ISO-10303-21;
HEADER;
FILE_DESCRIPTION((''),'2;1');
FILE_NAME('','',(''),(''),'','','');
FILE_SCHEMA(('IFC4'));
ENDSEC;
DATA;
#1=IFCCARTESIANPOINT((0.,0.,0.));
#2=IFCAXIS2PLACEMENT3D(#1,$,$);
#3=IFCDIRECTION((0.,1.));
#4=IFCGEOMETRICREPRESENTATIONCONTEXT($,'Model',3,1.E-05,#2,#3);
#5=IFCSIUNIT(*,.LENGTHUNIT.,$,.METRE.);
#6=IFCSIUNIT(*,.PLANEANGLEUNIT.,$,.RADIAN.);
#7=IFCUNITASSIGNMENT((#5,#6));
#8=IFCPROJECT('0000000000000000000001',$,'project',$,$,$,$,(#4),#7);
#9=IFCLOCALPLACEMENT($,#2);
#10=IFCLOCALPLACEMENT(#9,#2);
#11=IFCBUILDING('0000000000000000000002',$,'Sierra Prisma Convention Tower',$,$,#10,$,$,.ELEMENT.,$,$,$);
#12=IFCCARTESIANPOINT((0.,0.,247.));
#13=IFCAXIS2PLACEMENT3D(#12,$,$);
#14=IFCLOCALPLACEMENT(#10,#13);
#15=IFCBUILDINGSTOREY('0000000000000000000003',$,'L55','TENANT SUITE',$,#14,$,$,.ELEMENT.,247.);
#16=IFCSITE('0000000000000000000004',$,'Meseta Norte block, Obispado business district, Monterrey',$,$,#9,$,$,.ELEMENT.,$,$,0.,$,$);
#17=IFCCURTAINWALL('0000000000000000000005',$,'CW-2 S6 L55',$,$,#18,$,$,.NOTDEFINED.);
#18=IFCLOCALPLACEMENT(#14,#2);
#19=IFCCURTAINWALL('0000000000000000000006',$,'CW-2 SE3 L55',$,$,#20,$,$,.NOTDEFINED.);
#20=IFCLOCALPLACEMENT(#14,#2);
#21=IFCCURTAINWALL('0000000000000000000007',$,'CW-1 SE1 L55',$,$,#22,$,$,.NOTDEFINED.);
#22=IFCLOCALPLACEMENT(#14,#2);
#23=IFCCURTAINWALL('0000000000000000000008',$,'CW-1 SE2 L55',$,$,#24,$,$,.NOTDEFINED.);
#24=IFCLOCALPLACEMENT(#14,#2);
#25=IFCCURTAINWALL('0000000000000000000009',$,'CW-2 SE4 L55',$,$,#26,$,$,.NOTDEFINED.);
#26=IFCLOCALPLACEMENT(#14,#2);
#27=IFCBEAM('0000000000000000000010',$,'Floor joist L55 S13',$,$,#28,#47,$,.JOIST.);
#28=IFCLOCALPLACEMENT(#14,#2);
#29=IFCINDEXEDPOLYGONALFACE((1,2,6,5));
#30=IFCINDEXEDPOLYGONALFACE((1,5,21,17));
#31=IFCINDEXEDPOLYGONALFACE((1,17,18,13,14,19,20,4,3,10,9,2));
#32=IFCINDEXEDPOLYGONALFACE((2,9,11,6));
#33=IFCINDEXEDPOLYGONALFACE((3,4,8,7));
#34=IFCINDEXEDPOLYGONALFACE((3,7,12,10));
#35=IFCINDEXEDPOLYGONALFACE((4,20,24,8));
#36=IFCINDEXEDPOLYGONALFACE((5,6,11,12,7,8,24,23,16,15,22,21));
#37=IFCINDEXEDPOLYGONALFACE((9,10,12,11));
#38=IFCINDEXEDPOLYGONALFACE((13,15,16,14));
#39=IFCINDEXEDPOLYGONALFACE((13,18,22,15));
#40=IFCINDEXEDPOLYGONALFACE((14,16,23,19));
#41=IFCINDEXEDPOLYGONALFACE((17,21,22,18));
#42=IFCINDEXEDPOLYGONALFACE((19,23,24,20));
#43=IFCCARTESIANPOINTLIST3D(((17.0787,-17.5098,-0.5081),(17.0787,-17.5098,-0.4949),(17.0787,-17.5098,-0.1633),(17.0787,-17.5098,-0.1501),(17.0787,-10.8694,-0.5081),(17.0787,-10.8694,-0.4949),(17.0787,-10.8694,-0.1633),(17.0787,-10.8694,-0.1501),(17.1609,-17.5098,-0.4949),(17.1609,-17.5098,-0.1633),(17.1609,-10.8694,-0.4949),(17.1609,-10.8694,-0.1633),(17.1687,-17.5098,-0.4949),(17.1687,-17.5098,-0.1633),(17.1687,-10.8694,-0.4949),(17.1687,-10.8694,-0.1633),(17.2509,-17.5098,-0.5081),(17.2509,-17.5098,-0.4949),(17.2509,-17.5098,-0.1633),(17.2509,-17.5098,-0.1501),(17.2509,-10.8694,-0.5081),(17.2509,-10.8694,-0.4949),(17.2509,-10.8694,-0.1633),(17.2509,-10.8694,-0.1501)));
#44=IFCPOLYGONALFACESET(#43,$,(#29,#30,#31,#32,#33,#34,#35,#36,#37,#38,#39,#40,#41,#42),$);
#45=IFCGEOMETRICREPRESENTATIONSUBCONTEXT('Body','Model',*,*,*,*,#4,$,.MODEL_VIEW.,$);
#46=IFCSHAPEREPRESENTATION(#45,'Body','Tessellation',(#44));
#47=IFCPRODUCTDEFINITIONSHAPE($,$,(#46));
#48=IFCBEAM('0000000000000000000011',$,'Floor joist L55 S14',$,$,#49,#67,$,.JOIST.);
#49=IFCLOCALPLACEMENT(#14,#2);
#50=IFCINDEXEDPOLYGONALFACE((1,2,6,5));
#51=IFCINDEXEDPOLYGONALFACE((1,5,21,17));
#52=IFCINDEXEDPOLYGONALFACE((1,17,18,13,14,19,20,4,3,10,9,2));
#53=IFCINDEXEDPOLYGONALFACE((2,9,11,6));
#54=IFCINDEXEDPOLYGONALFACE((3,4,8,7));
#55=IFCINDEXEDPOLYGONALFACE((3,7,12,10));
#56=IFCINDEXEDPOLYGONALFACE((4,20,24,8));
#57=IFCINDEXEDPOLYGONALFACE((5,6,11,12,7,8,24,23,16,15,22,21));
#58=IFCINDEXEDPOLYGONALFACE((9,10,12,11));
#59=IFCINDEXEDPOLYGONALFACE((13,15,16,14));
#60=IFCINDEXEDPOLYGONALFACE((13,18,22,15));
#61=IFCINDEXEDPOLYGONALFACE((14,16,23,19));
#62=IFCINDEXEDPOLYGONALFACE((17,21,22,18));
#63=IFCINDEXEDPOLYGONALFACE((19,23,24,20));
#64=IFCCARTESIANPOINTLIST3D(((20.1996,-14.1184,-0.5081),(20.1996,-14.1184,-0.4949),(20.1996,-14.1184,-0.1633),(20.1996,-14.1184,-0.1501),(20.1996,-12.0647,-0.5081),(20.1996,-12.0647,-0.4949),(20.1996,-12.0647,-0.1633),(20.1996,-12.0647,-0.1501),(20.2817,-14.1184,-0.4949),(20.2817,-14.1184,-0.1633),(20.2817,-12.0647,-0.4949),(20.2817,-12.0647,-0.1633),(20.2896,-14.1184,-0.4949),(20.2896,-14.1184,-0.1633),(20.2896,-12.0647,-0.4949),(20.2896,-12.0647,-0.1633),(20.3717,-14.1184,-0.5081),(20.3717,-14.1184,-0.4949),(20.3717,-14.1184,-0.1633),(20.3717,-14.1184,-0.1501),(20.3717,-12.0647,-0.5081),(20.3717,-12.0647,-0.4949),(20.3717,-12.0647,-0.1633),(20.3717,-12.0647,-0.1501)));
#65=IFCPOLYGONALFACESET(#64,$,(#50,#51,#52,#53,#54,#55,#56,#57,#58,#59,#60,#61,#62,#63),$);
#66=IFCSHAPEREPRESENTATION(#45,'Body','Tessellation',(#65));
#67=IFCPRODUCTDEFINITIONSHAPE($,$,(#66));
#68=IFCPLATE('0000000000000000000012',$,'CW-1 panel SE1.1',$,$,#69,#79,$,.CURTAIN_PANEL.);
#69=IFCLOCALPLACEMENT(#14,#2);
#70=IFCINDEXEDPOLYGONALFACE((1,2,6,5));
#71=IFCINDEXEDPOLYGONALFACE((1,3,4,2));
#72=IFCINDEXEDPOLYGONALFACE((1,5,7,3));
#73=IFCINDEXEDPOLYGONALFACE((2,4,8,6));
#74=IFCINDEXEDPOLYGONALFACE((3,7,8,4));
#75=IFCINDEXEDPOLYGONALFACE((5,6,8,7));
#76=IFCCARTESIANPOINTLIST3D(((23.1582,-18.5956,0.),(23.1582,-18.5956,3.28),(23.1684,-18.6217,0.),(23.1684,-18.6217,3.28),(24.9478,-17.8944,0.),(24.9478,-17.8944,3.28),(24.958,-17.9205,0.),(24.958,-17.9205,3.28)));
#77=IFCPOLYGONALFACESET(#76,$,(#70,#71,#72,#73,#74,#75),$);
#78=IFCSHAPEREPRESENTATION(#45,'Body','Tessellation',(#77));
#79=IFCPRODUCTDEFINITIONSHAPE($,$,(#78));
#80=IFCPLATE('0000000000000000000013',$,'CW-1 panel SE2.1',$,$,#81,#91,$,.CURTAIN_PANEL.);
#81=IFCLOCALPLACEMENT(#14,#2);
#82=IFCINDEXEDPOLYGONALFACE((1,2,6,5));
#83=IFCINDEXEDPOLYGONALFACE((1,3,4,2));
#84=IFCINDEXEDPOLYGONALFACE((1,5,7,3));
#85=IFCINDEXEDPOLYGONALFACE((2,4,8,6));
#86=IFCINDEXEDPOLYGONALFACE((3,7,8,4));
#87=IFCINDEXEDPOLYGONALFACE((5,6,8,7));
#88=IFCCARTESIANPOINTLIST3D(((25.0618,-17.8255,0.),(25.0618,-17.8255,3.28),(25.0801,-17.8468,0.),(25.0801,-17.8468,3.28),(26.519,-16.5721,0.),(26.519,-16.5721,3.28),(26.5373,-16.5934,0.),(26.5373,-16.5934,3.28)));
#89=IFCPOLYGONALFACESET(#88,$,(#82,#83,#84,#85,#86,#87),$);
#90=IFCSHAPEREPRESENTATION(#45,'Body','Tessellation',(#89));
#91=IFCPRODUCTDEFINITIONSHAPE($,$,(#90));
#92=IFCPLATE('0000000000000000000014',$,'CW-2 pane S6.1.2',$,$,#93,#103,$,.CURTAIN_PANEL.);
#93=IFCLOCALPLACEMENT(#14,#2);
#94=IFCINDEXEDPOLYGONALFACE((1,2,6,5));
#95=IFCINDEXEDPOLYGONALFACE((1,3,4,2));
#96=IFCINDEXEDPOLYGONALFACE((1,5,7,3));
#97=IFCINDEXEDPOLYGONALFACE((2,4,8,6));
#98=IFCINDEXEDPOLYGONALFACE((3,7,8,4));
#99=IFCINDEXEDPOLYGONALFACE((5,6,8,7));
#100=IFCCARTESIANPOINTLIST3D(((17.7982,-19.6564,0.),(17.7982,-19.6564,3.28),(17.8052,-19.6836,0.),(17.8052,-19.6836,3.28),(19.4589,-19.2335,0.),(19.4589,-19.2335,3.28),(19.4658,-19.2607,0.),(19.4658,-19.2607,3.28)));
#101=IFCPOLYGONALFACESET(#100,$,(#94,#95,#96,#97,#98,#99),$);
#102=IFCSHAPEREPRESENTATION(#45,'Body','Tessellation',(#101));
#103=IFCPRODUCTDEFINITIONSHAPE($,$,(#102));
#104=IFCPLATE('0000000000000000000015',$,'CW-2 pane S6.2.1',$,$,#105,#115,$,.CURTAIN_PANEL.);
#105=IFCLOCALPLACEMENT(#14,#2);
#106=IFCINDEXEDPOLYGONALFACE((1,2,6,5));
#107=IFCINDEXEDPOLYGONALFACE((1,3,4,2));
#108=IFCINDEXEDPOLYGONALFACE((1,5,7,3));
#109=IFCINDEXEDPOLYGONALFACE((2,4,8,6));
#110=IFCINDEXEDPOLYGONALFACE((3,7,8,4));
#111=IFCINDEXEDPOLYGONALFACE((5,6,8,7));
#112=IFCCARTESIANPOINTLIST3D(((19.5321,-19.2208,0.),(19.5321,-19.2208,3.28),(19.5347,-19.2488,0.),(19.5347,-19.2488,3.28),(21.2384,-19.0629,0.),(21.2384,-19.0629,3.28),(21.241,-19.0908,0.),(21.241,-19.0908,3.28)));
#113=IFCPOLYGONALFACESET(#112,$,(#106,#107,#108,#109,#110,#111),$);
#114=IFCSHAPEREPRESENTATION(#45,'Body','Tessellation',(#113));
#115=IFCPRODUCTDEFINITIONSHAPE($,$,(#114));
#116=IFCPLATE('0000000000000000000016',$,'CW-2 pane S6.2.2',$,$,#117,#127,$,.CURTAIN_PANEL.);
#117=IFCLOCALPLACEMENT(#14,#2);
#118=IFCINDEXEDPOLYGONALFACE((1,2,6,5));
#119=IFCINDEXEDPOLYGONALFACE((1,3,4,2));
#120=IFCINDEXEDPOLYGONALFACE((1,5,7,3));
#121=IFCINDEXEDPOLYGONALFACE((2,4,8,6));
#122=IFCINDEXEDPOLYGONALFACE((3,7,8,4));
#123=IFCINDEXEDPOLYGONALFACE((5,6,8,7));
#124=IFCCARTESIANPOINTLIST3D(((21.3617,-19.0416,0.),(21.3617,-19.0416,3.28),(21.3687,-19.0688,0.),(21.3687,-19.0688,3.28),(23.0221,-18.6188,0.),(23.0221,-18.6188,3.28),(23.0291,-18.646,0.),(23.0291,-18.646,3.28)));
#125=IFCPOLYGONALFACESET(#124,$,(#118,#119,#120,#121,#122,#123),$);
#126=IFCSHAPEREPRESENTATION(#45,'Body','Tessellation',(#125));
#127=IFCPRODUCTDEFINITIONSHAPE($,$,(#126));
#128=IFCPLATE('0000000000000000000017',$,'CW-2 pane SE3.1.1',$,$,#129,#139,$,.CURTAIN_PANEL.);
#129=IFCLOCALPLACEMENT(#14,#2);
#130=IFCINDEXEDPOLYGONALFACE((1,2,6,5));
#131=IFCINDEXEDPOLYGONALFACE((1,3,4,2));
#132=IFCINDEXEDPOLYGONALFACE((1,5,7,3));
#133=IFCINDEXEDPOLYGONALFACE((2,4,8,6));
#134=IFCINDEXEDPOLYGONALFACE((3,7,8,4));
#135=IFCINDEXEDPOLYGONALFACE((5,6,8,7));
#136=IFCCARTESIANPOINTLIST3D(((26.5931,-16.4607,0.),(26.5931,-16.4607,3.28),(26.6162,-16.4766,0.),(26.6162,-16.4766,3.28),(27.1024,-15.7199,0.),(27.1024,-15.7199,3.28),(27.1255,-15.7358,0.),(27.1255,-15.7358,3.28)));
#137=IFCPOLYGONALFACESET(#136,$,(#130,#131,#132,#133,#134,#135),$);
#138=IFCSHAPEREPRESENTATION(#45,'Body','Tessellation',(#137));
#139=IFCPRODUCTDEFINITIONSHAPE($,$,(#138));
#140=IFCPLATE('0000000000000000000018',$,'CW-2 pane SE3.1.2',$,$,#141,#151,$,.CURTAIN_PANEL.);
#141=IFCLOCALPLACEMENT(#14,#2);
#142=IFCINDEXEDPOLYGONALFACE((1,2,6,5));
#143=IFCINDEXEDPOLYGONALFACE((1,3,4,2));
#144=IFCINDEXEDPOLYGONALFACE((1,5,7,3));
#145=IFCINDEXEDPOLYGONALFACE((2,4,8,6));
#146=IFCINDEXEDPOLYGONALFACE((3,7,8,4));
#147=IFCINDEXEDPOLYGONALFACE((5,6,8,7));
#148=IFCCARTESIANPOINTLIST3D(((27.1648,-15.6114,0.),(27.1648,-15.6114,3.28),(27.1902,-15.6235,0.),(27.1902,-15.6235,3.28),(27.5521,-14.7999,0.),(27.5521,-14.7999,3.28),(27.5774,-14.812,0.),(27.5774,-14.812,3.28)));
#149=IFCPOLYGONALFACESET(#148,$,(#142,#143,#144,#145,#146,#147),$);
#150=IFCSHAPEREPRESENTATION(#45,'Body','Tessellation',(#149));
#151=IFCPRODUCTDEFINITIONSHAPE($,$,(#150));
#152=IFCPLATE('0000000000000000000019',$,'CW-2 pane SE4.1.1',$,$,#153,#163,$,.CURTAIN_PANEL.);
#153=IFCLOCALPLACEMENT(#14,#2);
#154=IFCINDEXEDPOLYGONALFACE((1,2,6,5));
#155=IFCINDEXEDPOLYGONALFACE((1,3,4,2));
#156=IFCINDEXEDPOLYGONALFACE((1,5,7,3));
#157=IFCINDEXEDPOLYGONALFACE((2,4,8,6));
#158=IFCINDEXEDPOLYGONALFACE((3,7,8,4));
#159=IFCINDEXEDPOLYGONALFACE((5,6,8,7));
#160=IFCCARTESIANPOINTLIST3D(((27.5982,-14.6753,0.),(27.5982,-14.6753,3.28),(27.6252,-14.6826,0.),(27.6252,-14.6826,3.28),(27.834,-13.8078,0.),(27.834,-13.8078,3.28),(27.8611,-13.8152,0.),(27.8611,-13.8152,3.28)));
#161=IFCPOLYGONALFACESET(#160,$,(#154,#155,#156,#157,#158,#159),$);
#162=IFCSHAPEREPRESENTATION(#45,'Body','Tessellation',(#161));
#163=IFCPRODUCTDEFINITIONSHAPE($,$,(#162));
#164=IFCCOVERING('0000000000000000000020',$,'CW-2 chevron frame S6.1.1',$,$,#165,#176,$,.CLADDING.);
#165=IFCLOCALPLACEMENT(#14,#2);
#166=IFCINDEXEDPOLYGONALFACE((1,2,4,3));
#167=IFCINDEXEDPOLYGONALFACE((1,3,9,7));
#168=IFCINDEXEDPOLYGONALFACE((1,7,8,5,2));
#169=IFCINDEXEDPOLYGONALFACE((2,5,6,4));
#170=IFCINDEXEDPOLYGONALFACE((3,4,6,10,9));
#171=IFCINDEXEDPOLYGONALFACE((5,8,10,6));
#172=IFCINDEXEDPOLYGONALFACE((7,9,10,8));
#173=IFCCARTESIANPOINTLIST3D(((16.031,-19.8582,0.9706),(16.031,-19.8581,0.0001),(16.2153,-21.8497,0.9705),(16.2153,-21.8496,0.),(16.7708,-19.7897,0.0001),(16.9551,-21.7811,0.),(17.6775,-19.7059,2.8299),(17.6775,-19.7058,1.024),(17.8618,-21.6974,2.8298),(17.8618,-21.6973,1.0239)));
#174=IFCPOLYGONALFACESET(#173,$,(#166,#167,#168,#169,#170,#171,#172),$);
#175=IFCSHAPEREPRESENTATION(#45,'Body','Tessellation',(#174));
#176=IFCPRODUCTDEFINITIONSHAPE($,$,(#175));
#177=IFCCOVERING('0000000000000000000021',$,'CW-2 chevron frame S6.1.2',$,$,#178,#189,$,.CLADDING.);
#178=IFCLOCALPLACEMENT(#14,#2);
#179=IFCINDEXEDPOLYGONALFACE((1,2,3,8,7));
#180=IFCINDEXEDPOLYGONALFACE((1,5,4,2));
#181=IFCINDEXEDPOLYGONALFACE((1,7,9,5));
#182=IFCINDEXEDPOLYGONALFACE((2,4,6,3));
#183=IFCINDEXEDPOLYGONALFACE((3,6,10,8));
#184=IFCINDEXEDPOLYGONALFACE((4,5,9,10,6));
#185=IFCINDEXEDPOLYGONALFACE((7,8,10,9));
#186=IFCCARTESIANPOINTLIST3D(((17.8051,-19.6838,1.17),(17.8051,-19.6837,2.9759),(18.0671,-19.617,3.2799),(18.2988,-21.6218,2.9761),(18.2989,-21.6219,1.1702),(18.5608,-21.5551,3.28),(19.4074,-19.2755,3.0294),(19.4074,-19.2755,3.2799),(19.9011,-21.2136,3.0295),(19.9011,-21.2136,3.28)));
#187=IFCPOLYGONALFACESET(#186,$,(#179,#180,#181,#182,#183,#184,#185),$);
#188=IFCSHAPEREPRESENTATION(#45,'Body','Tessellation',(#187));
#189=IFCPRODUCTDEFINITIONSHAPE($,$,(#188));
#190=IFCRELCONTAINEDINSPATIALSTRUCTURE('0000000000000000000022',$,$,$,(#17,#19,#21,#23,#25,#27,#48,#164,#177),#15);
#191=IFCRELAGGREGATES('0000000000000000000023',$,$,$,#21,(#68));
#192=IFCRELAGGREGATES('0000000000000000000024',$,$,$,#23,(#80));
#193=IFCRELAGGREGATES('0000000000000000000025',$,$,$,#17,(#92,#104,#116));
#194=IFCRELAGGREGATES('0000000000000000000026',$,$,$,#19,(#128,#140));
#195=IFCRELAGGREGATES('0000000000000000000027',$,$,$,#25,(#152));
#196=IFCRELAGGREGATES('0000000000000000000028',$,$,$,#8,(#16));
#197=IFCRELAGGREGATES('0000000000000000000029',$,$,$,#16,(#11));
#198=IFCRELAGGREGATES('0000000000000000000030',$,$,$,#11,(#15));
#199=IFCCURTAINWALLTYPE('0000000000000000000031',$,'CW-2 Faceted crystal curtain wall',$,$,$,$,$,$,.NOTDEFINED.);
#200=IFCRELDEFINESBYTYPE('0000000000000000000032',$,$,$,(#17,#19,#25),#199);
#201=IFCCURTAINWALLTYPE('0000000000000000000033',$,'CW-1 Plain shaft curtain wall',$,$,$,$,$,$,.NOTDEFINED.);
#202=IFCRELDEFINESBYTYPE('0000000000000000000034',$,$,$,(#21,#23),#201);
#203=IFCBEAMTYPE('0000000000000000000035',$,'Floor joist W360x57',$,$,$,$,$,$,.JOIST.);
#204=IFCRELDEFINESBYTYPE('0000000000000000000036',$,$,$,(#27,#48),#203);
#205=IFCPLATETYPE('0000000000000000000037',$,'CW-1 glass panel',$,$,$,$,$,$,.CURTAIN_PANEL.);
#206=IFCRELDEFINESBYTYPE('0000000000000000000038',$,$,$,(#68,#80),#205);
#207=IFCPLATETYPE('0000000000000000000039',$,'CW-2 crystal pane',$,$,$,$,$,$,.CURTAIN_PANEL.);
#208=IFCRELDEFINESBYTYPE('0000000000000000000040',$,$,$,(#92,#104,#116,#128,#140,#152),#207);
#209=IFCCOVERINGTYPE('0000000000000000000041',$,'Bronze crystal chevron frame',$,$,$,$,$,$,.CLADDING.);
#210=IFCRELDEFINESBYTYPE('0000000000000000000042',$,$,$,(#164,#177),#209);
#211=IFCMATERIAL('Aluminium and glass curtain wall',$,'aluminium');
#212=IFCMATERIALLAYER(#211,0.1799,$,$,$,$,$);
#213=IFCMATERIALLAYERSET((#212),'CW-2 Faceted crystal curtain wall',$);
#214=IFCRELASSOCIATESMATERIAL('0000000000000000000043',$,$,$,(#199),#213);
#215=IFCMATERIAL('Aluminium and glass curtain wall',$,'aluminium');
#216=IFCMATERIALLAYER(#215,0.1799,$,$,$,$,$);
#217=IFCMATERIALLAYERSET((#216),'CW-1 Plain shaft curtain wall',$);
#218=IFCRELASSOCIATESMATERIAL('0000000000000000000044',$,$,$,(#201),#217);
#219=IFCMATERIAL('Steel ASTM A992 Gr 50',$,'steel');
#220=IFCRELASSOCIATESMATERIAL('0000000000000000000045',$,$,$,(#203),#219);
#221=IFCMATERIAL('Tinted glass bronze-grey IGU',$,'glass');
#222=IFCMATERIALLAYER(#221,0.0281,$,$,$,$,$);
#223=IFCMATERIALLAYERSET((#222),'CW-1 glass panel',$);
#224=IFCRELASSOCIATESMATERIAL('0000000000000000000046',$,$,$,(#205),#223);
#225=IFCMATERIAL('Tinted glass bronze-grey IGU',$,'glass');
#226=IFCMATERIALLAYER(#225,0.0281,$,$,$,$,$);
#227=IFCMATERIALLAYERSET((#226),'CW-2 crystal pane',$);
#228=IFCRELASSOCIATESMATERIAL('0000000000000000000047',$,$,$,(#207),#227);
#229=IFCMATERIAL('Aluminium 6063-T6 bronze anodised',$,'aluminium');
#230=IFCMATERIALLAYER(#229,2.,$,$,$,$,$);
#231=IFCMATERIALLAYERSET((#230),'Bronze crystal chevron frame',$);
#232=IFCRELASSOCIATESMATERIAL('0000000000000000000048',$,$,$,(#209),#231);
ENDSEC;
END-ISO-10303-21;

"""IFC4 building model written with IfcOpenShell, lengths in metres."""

from ifc_helpers import new_model, si_unit, direction, frame, origin, origin_2d, place, context, subcontext, project, spatial, polyline, rectangle, i_section, outline, extrude, material, layer, layer_set, material_profile, profile_set, type_object, element, aggregate, save


model = new_model("IFC4")

# Units and contexts
model_context = context("Model", 3, precision=1e-05, world=origin(), true_north=direction((0.0, 1.0)))
body_context = subcontext(model_context, "Body", "Model", "MODEL_VIEW")
ifc_project = project(units=[si_unit("LENGTHUNIT", "METRE"), si_unit("PLANEANGLEUNIT", "RADIAN")], contexts=[model_context])

# Site, building, storey
site_placement = place(None, origin())
site = spatial("IfcSite", under=ifc_project, at=site_placement, Name="Meseta Norte block, Obispado business district, Monterrey", CompositionType="ELEMENT", RefElevation=0.0)
building_placement = place(site_placement, origin())
building = spatial("IfcBuilding", under=site, at=building_placement, Name="Sierra Prisma Convention Tower", CompositionType="ELEMENT")
storey_placement = place(building_placement, frame((0.0, 0.0, 247.0)))
storey = spatial("IfcBuildingStorey", under=building, at=storey_placement, Name="L55", Description="TENANT SUITE", CompositionType="ELEMENT", Elevation=247.0)

# Curtain wall
ifc_material_1 = material(Name="Aluminium and glass curtain wall", Category="aluminium")
ifc_layer_1 = layer(ifc_material_1, 0.1799)
ifc_layer_set_1 = layer_set([ifc_layer_1], Name="CW-2 Faceted crystal curtain wall")
curtain_wall_type_1 = type_object("IfcCurtainWallType", Name="CW-2 Faceted crystal curtain wall", PredefinedType="NOTDEFINED", material=ifc_layer_set_1)
curtain_wall_1_placement = place(storey_placement, origin())
curtain_wall_1 = element("IfcCurtainWall", 1, at=curtain_wall_1_placement, inside=storey, type_object=curtain_wall_type_1, Name="CW-2 S6 L55", PredefinedType="NOTDEFINED")

# Curtain wall
curtain_wall_2_placement = place(storey_placement, origin())
curtain_wall_2 = element("IfcCurtainWall", 2, at=curtain_wall_2_placement, inside=storey, type_object=curtain_wall_type_1, Name="CW-2 SE3 L55", PredefinedType="NOTDEFINED")

# Curtain walls
ifc_material_2 = material(Name="Aluminium and glass curtain wall", Category="aluminium")
ifc_layer_2 = layer(ifc_material_2, 0.1799)
ifc_layer_set_2 = layer_set([ifc_layer_2], Name="CW-1 Plain shaft curtain wall")
curtain_wall_type_2 = type_object("IfcCurtainWallType", Name="CW-1 Plain shaft curtain wall", PredefinedType="NOTDEFINED", material=ifc_layer_set_2)
curtain_wall_3_placement = place(storey_placement, origin())
curtain_wall_3 = element("IfcCurtainWall", 3, at=curtain_wall_3_placement, inside=storey, type_object=curtain_wall_type_2, Name="CW-1 SE1 L55", PredefinedType="NOTDEFINED")
curtain_wall_4_placement = place(storey_placement, origin())
curtain_wall_4 = element("IfcCurtainWall", 4, at=curtain_wall_4_placement, inside=storey, type_object=curtain_wall_type_2, Name="CW-1 SE2 L55", PredefinedType="NOTDEFINED")

# Curtain wall
curtain_wall_5_placement = place(storey_placement, origin())
curtain_wall_5 = element("IfcCurtainWall", 5, at=curtain_wall_5_placement, inside=storey, type_object=curtain_wall_type_1, Name="CW-2 SE4 L55", PredefinedType="NOTDEFINED")

# Beams
ifc_material_3 = material(Name="Steel ASTM A992 Gr 50", Category="steel")
ifc_material_profile_1 = material_profile(ifc_material_3, i_section(OverallWidth=0.1721, OverallDepth=0.3579, WebThickness=0.0078, FlangeThickness=0.0132, at=origin_2d()), Name="W360x57")
ifc_profile_set_1 = profile_set([ifc_material_profile_1], Name="Steel ASTM A992 Gr 50")
beam_type = type_object("IfcBeamType", Name="Floor joist W360x57", PredefinedType="JOIST", material=ifc_profile_set_1)
beam_1_placement = place(storey_placement, frame((17.1648, -17.5098, -0.3291), z_axis=(0.0, 1.0, 0.0), x_axis=(-1.0, 0.0, 0.0)))
element("IfcBeam", 6, at=beam_1_placement, inside=storey, type_object=beam_type, Name="Floor joist L55 S13", PredefinedType="JOIST", context=body_context, shape_type="SweptSolid", body=[
    extrude(i_section(OverallWidth=0.1721, OverallDepth=0.3579, WebThickness=0.0078, FlangeThickness=0.0132, at=origin_2d()), origin(), (0.0, 0.0, 1.0), 6.6404),
])
beam_2_placement = place(storey_placement, frame((20.2856, -14.1184, -0.3291), z_axis=(0.0, 1.0, 0.0), x_axis=(-1.0, 0.0, 0.0)))
element("IfcBeam", 7, at=beam_2_placement, inside=storey, type_object=beam_type, Name="Floor joist L55 S14", PredefinedType="JOIST", context=body_context, shape_type="SweptSolid", body=[
    extrude(i_section(OverallWidth=0.1721, OverallDepth=0.3579, WebThickness=0.0078, FlangeThickness=0.0132, at=origin_2d()), origin(), (0.0, 0.0, 1.0), 2.0537),
])

# Plates
ifc_material_4 = material(Name="Tinted glass bronze-grey IGU", Category="glass")
ifc_layer_3 = layer(ifc_material_4, 0.0281)
ifc_layer_set_3 = layer_set([ifc_layer_3], Name="CW-1 glass panel")
plate_type_1 = type_object("IfcPlateType", Name="CW-1 glass panel", PredefinedType="CURTAIN_PANEL", material=ifc_layer_set_3)
plate_1_placement = place(storey_placement, frame((24.0581, -18.2581, 0.0), z_axis=(0.0, 0.0, 1.0), x_axis=(0.931077, 0.364822, 0.0)))
plate_1 = element("IfcPlate", 8, at=plate_1_placement, type_object=plate_type_1, Name="CW-1 panel SE1.1", PredefinedType="CURTAIN_PANEL", context=body_context, shape_type="SweptSolid", body=[
    extrude(rectangle(XDim=1.9221, YDim=0.0281, at=origin_2d()), origin(), (0.0, 0.0, 1.0), 3.28),
])
aggregate(curtain_wall_3, [plate_1])
plate_2_placement = place(storey_placement, frame((25.7996, -17.2095, 0.0), z_axis=(0.0, 0.0, 1.0), x_axis=(0.758154, 0.652076, 0.0)))
plate_2 = element("IfcPlate", 9, at=plate_2_placement, type_object=plate_type_1, Name="CW-1 panel SE2.1", PredefinedType="CURTAIN_PANEL", context=body_context, shape_type="SweptSolid", body=[
    extrude(rectangle(XDim=1.9221, YDim=0.0281, at=origin_2d()), origin(), (0.0, 0.0, 1.0), 3.28),
])
aggregate(curtain_wall_4, [plate_2])
ifc_material_5 = material(Name="Tinted glass bronze-grey IGU", Category="glass")
ifc_layer_4 = layer(ifc_material_5, 0.0281)
ifc_layer_set_4 = layer_set([ifc_layer_4], Name="CW-2 crystal pane")
plate_type_2 = type_object("IfcPlateType", Name="CW-2 crystal pane", PredefinedType="CURTAIN_PANEL", material=ifc_layer_set_4)
plate_3_placement = place(storey_placement, frame((19.4658, -19.2607, 0.0), z_axis=(0.246757, -0.969077, 0.0), x_axis=(-0.969077, -0.246757, 0.0)))
plate_3 = element("IfcPlate", 10, at=plate_3_placement, type_object=plate_type_2, Name="CW-2 pane S6.1.2", PredefinedType="CURTAIN_PANEL", context=body_context, shape_type="SweptSolid", body=[
    extrude(outline(polyline([(0.0, 0.0), (1.7136, 0.0), (1.7136, -3.28), (0.0, -3.28), (0.0, 0.0)])), origin(), (0.0, 0.0, -1.0), 0.0281),
])
plate_4_placement = place(storey_placement, frame((19.5347, -19.2488, 0.0), z_axis=(0.09218, -0.995742, 0.0), x_axis=(0.995742, 0.09218, 0.0)))
plate_4 = element("IfcPlate", 11, at=plate_4_placement, type_object=plate_type_2, Name="CW-2 pane S6.2.1", PredefinedType="CURTAIN_PANEL", context=body_context, shape_type="SweptSolid", body=[
    extrude(outline(polyline([(0.0, 0.0), (1.7136, 0.0), (1.7136, 3.28), (0.0, 3.28), (0.0, 0.0)])), origin(), (0.0, 0.0, -1.0), 0.0281),
])
plate_5_placement = place(storey_placement, frame((23.0291, -18.646, 0.0), z_axis=(0.246791, -0.969069, 0.0), x_axis=(-0.969069, -0.246791, 0.0)))
plate_5 = element("IfcPlate", 12, at=plate_5_placement, type_object=plate_type_2, Name="CW-2 pane S6.2.2", PredefinedType="CURTAIN_PANEL", context=body_context, shape_type="SweptSolid", body=[
    extrude(outline(polyline([(0.0, 0.0), (1.7134, 0.0), (1.7134, -3.28), (0.0, -3.28), (0.0, 0.0)])), origin(), (0.0, 0.0, -1.0), 0.0281),
])
aggregate(curtain_wall_1, [plate_3, plate_4, plate_5])
plate_6_placement = place(storey_placement, frame((26.6162, -16.4766, 0.0), z_axis=(0.824026, -0.566552, 0.0), x_axis=(0.566552, 0.824026, 0.0)))
plate_6 = element("IfcPlate", 13, at=plate_6_placement, type_object=plate_type_2, Name="CW-2 pane SE3.1.1", PredefinedType="CURTAIN_PANEL", context=body_context, shape_type="SweptSolid", body=[
    extrude(outline(polyline([(0.0, 0.0), (0.8989, 0.0), (0.8989, 3.28), (0.0, 3.28), (0.0, 0.0)])), origin(), (0.0, 0.0, -1.0), 0.0281),
])
plate_7_placement = place(storey_placement, frame((27.5774, -14.812, 0.0), z_axis=(0.902529, -0.430629, 0.0), x_axis=(-0.430629, -0.902529, 0.0)))
plate_7 = element("IfcPlate", 14, at=plate_7_placement, type_object=plate_type_2, Name="CW-2 pane SE3.1.2", PredefinedType="CURTAIN_PANEL", context=body_context, shape_type="SweptSolid", body=[
    extrude(outline(polyline([(0.0, 0.0), (0.8992, 0.0), (0.8992, -3.28), (0.0, -3.28), (0.0, 0.0)])), origin(), (0.0, 0.0, -1.0), 0.0281),
])
aggregate(curtain_wall_2, [plate_6, plate_7])
plate_8_placement = place(storey_placement, frame((27.6252, -14.6826, 0.0), z_axis=(0.96497, -0.262359, 0.0), x_axis=(0.262359, 0.96497, 0.0)))
plate_8 = element("IfcPlate", 15, at=plate_8_placement, type_object=plate_type_2, Name="CW-2 pane SE4.1.1", PredefinedType="CURTAIN_PANEL", context=body_context, shape_type="SweptSolid", body=[
    extrude(outline(polyline([(0.0, 0.0), (0.8989, 0.0), (0.8989, 3.28), (0.0, 3.28), (0.0, 0.0)])), origin(), (0.0, 0.0, -1.0), 0.0281),
])
aggregate(curtain_wall_5, [plate_8])

# Coverings
ifc_material_6 = material(Name="Aluminium 6063-T6 bronze anodised", Category="aluminium")
ifc_layer_5 = layer(ifc_material_6, 2.0)
ifc_layer_set_5 = layer_set([ifc_layer_5], Name="Bronze crystal chevron frame")
covering_type = type_object("IfcCoveringType", Name="Bronze crystal chevron frame", PredefinedType="CLADDING", material=ifc_layer_set_5)
covering_1_placement = place(storey_placement, frame((16.2153, -21.8496, 0.0), z_axis=(0.092163, -0.995744, -0.000048), x_axis=(0.995744, 0.092163, 0.0)))
element("IfcCovering", 16, at=covering_1_placement, inside=storey, type_object=covering_type, Name="CW-2 chevron frame S6.1.1", PredefinedType="CLADDING", context=body_context, shape_type="SweptSolid", body=[
    extrude(outline(polyline([(0.0, 0.0), (0.7429, 0.0), (1.6535, 1.0239), (1.6535, 2.8298), (0.0, 0.9705), (0.0, 0.0)])), origin(), (0.0, 0.0, -1.0), 2.0),
])
covering_2_placement = place(storey_placement, frame((18.2988, -21.6218, 2.9761), z_axis=(0.246864, -0.96905, 0.000066), x_axis=(0.000016, -0.000064, -1.0)))
element("IfcCovering", 17, at=covering_2_placement, inside=storey, type_object=covering_type, Name="CW-2 chevron frame S6.1.2", PredefinedType="CLADDING", context=body_context, shape_type="SweptSolid", body=[
    extrude(outline(polyline([(0.0, 0.0), (1.8059, 0.0), (-0.0535, 1.6535), (-0.304, 1.6535), (-0.304, 0.2704), (0.0, 0.0)])), origin(), (0.0, 0.0, -1.0), 2.0),
])

save(model, "model.ifc")
